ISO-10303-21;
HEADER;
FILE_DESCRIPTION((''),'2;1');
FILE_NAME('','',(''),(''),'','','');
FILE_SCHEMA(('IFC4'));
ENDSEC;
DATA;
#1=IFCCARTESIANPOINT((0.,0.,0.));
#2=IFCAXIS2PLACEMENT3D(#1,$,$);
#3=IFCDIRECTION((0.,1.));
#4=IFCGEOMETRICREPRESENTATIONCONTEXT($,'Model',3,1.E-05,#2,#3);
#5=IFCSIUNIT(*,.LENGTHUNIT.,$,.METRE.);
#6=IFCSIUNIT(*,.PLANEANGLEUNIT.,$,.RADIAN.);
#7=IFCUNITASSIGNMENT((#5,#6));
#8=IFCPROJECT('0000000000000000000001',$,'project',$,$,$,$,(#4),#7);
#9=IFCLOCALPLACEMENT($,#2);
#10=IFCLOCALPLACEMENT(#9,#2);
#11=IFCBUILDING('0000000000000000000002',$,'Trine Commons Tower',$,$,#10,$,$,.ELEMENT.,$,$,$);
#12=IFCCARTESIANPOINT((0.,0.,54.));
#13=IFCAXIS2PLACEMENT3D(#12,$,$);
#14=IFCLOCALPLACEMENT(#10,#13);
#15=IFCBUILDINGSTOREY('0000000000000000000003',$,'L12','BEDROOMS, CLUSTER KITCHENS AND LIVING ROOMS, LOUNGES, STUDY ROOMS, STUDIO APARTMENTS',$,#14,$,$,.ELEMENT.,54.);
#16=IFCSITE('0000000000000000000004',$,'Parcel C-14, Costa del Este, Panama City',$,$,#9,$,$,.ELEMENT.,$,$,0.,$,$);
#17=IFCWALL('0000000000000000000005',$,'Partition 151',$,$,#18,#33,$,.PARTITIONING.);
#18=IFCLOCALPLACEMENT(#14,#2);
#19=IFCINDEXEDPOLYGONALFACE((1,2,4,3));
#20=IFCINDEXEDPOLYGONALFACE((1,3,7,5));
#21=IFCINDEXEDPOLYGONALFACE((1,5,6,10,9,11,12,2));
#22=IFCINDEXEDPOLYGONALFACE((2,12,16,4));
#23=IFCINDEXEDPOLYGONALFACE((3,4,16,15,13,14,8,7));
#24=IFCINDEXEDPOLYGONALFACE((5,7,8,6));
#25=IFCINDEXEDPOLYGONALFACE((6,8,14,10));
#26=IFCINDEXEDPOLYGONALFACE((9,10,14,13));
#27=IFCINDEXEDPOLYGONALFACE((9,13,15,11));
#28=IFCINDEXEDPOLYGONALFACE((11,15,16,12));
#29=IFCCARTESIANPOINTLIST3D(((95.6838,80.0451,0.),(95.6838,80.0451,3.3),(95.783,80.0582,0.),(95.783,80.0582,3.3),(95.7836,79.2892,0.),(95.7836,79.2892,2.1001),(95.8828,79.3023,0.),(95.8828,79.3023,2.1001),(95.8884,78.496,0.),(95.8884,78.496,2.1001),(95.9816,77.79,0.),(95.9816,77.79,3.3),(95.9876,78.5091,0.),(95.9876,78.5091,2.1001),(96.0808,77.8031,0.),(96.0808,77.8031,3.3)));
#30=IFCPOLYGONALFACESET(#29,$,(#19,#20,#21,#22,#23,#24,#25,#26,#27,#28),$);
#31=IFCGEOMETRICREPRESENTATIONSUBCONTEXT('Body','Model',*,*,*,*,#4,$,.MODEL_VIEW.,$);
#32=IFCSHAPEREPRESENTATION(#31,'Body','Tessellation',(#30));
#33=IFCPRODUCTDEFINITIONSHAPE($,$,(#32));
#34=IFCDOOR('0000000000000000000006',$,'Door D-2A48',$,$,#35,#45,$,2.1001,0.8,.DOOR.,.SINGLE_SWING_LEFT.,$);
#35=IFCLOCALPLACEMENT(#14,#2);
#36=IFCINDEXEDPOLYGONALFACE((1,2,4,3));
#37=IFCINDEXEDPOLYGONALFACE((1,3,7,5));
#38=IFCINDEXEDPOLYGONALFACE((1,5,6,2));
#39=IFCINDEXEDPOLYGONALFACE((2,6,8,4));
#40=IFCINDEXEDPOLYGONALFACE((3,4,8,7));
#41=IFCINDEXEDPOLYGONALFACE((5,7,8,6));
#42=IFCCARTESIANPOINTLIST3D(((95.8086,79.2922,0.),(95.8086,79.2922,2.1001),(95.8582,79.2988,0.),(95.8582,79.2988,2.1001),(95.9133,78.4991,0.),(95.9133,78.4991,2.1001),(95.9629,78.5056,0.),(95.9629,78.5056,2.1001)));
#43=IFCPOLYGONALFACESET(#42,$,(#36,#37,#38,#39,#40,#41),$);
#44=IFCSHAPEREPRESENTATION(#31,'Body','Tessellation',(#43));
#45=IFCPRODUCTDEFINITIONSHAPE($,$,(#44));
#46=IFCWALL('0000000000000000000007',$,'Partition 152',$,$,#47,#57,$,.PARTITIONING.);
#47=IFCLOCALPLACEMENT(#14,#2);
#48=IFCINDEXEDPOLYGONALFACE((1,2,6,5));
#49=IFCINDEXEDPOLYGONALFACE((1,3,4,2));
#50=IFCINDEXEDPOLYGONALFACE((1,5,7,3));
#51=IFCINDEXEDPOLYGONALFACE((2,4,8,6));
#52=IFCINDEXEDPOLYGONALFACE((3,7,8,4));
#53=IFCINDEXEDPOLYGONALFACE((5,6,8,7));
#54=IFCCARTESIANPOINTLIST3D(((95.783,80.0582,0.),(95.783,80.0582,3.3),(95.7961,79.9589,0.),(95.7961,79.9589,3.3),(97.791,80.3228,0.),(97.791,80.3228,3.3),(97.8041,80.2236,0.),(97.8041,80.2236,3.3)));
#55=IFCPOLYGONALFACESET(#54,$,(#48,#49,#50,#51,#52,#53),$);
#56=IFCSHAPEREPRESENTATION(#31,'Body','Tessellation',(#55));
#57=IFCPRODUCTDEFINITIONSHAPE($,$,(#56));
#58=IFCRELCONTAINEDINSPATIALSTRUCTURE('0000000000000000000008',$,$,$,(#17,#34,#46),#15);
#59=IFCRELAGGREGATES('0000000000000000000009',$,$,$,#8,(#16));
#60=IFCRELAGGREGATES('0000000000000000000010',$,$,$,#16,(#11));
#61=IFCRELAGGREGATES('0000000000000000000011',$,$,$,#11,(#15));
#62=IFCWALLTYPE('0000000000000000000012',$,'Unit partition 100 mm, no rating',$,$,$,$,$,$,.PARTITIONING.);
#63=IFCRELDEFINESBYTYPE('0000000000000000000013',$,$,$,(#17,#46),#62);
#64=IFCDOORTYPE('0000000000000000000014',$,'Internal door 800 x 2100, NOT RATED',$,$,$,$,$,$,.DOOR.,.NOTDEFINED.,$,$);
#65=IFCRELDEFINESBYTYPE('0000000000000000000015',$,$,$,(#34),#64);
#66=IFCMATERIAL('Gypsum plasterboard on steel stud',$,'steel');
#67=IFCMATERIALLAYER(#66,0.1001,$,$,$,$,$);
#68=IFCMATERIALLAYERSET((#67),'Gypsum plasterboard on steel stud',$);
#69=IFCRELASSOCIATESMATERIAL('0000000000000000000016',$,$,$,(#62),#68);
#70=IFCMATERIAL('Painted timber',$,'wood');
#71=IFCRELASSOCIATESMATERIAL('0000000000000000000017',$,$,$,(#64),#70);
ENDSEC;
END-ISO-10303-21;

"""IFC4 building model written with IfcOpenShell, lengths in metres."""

from ifc_helpers import new_model, si_unit, direction, frame, frame_2d, origin, place, context, subcontext, project, spatial, rectangle, extrude, material, layer, layer_set, type_object, element, fill, save


model = new_model("IFC4")

# Units and contexts
model_context = context("Model", 3, precision=1e-05, world=origin(), true_north=direction((0.0, 1.0)))
body_context = subcontext(model_context, "Body", "Model", "MODEL_VIEW")
ifc_project = project(units=[si_unit("LENGTHUNIT", "METRE"), si_unit("PLANEANGLEUNIT", "RADIAN")], contexts=[model_context])

# Site, building, storey
site_placement = place(None, origin())
site = spatial("IfcSite", under=ifc_project, at=site_placement, Name="Parcel C-14, Costa del Este, Panama City", CompositionType="ELEMENT", RefElevation=0.0)
building_placement = place(site_placement, origin())
building = spatial("IfcBuilding", under=site, at=building_placement, Name="Trine Commons Tower", CompositionType="ELEMENT")
storey_placement = place(building_placement, frame((0.0, 0.0, 54.0)))
storey = spatial("IfcBuildingStorey", under=building, at=storey_placement, Name="L12", Description="BEDROOMS, CLUSTER KITCHENS AND LIVING ROOMS, LOUNGES, STUDY ROOMS, STUDIO APARTMENTS", CompositionType="ELEMENT", Elevation=54.0)

# Shared definitions
ifc_material_1 = material(Name="Gypsum plasterboard on steel stud", Category="steel")

# Wall, opening, door
ifc_layer_1 = layer(ifc_material_1, 0.1001)
ifc_layer_set_1 = layer_set([ifc_layer_1], Name="Gypsum plasterboard on steel stud")
wall_type_1 = type_object("IfcWallType", Name="Unit partition 100 mm, no rating", PredefinedType="PARTITIONING", material=ifc_layer_set_1)
wall_1_placement = place(storey_placement, frame((95.7334, 80.0515, 0.0), z_axis=(0.0, 0.0, 1.0), x_axis=(0.13094, -0.99139, 0.0)))
wall_1 = element("IfcWall", 1, at=wall_1_placement, inside=storey, type_object=wall_type_1, Name="Partition 151", PredefinedType="PARTITIONING", context=body_context, shape_type="SweptSolid", body=[
    extrude(rectangle(XDim=2.2747, YDim=0.1001, at=frame_2d((1.1372, 0.0))), origin(), (0.0, 0.0, 1.0), 3.3),
])
opening_1_placement = place(wall_1_placement, frame((0.7625, 0.0, 0.0)))
opening_1 = element("IfcOpeningElement", 2, at=opening_1_placement, cuts=wall_1, PredefinedType="OPENING", context=body_context, shape_type="SweptSolid", body=[
    extrude(rectangle(XDim=0.8, YDim=2.1001, at=frame_2d((0.3999, 1.05))), frame((0.0, 0.0601, 0.0), z_axis=(0.0, -1.0, 0.0), x_axis=(1.0, 0.0, 0.0)), (0.0, 0.0, 1.0), 0.1201),
])
ifc_material_2 = material(Name="Painted timber", Category="wood")
door_type_1 = type_object("IfcDoorType", Name="Internal door 800 x 2100, NOT RATED", OperationType="NOTDEFINED", PredefinedType="DOOR", material=ifc_material_2)
door_1_placement = place(opening_1_placement, frame((0.8, 0.0, 0.0), z_axis=(0.0, 0.0, 1.0), x_axis=(-1.0, 0.0, 0.0)))
door_1 = element("IfcDoor", 3, at=door_1_placement, inside=storey, type_object=door_type_1, Name="Door D-2A48", OperationType="SINGLE_SWING_LEFT", OverallHeight=2.1001, OverallWidth=0.8, PredefinedType="DOOR", context=body_context, shape_type="SweptSolid", body=[
    extrude(rectangle(XDim=0.8, YDim=2.1001, at=frame_2d((0.3999, 1.05))), frame((0.0, 0.0249, 0.0), z_axis=(0.0, -1.0, 0.0), x_axis=(1.0, 0.0, 0.0)), (0.0, 0.0, 1.0), 0.05),
])
fill(opening_1, door_1)

# Wall
wall_2_placement = place(storey_placement, frame((95.7896, 80.0085, 0.0), z_axis=(0.0, 0.0, 1.0), x_axis=(0.991427, 0.130663, 0.0)))
element("IfcWall", 4, at=wall_2_placement, inside=storey, type_object=wall_type_1, Name="Partition 152", PredefinedType="PARTITIONING", context=body_context, shape_type="SweptSolid", body=[
    extrude(rectangle(XDim=2.0254, YDim=0.1001, at=frame_2d((1.0127, 0.0))), origin(), (0.0, 0.0, 1.0), 3.3),
])

save(model, "model.ifc")
